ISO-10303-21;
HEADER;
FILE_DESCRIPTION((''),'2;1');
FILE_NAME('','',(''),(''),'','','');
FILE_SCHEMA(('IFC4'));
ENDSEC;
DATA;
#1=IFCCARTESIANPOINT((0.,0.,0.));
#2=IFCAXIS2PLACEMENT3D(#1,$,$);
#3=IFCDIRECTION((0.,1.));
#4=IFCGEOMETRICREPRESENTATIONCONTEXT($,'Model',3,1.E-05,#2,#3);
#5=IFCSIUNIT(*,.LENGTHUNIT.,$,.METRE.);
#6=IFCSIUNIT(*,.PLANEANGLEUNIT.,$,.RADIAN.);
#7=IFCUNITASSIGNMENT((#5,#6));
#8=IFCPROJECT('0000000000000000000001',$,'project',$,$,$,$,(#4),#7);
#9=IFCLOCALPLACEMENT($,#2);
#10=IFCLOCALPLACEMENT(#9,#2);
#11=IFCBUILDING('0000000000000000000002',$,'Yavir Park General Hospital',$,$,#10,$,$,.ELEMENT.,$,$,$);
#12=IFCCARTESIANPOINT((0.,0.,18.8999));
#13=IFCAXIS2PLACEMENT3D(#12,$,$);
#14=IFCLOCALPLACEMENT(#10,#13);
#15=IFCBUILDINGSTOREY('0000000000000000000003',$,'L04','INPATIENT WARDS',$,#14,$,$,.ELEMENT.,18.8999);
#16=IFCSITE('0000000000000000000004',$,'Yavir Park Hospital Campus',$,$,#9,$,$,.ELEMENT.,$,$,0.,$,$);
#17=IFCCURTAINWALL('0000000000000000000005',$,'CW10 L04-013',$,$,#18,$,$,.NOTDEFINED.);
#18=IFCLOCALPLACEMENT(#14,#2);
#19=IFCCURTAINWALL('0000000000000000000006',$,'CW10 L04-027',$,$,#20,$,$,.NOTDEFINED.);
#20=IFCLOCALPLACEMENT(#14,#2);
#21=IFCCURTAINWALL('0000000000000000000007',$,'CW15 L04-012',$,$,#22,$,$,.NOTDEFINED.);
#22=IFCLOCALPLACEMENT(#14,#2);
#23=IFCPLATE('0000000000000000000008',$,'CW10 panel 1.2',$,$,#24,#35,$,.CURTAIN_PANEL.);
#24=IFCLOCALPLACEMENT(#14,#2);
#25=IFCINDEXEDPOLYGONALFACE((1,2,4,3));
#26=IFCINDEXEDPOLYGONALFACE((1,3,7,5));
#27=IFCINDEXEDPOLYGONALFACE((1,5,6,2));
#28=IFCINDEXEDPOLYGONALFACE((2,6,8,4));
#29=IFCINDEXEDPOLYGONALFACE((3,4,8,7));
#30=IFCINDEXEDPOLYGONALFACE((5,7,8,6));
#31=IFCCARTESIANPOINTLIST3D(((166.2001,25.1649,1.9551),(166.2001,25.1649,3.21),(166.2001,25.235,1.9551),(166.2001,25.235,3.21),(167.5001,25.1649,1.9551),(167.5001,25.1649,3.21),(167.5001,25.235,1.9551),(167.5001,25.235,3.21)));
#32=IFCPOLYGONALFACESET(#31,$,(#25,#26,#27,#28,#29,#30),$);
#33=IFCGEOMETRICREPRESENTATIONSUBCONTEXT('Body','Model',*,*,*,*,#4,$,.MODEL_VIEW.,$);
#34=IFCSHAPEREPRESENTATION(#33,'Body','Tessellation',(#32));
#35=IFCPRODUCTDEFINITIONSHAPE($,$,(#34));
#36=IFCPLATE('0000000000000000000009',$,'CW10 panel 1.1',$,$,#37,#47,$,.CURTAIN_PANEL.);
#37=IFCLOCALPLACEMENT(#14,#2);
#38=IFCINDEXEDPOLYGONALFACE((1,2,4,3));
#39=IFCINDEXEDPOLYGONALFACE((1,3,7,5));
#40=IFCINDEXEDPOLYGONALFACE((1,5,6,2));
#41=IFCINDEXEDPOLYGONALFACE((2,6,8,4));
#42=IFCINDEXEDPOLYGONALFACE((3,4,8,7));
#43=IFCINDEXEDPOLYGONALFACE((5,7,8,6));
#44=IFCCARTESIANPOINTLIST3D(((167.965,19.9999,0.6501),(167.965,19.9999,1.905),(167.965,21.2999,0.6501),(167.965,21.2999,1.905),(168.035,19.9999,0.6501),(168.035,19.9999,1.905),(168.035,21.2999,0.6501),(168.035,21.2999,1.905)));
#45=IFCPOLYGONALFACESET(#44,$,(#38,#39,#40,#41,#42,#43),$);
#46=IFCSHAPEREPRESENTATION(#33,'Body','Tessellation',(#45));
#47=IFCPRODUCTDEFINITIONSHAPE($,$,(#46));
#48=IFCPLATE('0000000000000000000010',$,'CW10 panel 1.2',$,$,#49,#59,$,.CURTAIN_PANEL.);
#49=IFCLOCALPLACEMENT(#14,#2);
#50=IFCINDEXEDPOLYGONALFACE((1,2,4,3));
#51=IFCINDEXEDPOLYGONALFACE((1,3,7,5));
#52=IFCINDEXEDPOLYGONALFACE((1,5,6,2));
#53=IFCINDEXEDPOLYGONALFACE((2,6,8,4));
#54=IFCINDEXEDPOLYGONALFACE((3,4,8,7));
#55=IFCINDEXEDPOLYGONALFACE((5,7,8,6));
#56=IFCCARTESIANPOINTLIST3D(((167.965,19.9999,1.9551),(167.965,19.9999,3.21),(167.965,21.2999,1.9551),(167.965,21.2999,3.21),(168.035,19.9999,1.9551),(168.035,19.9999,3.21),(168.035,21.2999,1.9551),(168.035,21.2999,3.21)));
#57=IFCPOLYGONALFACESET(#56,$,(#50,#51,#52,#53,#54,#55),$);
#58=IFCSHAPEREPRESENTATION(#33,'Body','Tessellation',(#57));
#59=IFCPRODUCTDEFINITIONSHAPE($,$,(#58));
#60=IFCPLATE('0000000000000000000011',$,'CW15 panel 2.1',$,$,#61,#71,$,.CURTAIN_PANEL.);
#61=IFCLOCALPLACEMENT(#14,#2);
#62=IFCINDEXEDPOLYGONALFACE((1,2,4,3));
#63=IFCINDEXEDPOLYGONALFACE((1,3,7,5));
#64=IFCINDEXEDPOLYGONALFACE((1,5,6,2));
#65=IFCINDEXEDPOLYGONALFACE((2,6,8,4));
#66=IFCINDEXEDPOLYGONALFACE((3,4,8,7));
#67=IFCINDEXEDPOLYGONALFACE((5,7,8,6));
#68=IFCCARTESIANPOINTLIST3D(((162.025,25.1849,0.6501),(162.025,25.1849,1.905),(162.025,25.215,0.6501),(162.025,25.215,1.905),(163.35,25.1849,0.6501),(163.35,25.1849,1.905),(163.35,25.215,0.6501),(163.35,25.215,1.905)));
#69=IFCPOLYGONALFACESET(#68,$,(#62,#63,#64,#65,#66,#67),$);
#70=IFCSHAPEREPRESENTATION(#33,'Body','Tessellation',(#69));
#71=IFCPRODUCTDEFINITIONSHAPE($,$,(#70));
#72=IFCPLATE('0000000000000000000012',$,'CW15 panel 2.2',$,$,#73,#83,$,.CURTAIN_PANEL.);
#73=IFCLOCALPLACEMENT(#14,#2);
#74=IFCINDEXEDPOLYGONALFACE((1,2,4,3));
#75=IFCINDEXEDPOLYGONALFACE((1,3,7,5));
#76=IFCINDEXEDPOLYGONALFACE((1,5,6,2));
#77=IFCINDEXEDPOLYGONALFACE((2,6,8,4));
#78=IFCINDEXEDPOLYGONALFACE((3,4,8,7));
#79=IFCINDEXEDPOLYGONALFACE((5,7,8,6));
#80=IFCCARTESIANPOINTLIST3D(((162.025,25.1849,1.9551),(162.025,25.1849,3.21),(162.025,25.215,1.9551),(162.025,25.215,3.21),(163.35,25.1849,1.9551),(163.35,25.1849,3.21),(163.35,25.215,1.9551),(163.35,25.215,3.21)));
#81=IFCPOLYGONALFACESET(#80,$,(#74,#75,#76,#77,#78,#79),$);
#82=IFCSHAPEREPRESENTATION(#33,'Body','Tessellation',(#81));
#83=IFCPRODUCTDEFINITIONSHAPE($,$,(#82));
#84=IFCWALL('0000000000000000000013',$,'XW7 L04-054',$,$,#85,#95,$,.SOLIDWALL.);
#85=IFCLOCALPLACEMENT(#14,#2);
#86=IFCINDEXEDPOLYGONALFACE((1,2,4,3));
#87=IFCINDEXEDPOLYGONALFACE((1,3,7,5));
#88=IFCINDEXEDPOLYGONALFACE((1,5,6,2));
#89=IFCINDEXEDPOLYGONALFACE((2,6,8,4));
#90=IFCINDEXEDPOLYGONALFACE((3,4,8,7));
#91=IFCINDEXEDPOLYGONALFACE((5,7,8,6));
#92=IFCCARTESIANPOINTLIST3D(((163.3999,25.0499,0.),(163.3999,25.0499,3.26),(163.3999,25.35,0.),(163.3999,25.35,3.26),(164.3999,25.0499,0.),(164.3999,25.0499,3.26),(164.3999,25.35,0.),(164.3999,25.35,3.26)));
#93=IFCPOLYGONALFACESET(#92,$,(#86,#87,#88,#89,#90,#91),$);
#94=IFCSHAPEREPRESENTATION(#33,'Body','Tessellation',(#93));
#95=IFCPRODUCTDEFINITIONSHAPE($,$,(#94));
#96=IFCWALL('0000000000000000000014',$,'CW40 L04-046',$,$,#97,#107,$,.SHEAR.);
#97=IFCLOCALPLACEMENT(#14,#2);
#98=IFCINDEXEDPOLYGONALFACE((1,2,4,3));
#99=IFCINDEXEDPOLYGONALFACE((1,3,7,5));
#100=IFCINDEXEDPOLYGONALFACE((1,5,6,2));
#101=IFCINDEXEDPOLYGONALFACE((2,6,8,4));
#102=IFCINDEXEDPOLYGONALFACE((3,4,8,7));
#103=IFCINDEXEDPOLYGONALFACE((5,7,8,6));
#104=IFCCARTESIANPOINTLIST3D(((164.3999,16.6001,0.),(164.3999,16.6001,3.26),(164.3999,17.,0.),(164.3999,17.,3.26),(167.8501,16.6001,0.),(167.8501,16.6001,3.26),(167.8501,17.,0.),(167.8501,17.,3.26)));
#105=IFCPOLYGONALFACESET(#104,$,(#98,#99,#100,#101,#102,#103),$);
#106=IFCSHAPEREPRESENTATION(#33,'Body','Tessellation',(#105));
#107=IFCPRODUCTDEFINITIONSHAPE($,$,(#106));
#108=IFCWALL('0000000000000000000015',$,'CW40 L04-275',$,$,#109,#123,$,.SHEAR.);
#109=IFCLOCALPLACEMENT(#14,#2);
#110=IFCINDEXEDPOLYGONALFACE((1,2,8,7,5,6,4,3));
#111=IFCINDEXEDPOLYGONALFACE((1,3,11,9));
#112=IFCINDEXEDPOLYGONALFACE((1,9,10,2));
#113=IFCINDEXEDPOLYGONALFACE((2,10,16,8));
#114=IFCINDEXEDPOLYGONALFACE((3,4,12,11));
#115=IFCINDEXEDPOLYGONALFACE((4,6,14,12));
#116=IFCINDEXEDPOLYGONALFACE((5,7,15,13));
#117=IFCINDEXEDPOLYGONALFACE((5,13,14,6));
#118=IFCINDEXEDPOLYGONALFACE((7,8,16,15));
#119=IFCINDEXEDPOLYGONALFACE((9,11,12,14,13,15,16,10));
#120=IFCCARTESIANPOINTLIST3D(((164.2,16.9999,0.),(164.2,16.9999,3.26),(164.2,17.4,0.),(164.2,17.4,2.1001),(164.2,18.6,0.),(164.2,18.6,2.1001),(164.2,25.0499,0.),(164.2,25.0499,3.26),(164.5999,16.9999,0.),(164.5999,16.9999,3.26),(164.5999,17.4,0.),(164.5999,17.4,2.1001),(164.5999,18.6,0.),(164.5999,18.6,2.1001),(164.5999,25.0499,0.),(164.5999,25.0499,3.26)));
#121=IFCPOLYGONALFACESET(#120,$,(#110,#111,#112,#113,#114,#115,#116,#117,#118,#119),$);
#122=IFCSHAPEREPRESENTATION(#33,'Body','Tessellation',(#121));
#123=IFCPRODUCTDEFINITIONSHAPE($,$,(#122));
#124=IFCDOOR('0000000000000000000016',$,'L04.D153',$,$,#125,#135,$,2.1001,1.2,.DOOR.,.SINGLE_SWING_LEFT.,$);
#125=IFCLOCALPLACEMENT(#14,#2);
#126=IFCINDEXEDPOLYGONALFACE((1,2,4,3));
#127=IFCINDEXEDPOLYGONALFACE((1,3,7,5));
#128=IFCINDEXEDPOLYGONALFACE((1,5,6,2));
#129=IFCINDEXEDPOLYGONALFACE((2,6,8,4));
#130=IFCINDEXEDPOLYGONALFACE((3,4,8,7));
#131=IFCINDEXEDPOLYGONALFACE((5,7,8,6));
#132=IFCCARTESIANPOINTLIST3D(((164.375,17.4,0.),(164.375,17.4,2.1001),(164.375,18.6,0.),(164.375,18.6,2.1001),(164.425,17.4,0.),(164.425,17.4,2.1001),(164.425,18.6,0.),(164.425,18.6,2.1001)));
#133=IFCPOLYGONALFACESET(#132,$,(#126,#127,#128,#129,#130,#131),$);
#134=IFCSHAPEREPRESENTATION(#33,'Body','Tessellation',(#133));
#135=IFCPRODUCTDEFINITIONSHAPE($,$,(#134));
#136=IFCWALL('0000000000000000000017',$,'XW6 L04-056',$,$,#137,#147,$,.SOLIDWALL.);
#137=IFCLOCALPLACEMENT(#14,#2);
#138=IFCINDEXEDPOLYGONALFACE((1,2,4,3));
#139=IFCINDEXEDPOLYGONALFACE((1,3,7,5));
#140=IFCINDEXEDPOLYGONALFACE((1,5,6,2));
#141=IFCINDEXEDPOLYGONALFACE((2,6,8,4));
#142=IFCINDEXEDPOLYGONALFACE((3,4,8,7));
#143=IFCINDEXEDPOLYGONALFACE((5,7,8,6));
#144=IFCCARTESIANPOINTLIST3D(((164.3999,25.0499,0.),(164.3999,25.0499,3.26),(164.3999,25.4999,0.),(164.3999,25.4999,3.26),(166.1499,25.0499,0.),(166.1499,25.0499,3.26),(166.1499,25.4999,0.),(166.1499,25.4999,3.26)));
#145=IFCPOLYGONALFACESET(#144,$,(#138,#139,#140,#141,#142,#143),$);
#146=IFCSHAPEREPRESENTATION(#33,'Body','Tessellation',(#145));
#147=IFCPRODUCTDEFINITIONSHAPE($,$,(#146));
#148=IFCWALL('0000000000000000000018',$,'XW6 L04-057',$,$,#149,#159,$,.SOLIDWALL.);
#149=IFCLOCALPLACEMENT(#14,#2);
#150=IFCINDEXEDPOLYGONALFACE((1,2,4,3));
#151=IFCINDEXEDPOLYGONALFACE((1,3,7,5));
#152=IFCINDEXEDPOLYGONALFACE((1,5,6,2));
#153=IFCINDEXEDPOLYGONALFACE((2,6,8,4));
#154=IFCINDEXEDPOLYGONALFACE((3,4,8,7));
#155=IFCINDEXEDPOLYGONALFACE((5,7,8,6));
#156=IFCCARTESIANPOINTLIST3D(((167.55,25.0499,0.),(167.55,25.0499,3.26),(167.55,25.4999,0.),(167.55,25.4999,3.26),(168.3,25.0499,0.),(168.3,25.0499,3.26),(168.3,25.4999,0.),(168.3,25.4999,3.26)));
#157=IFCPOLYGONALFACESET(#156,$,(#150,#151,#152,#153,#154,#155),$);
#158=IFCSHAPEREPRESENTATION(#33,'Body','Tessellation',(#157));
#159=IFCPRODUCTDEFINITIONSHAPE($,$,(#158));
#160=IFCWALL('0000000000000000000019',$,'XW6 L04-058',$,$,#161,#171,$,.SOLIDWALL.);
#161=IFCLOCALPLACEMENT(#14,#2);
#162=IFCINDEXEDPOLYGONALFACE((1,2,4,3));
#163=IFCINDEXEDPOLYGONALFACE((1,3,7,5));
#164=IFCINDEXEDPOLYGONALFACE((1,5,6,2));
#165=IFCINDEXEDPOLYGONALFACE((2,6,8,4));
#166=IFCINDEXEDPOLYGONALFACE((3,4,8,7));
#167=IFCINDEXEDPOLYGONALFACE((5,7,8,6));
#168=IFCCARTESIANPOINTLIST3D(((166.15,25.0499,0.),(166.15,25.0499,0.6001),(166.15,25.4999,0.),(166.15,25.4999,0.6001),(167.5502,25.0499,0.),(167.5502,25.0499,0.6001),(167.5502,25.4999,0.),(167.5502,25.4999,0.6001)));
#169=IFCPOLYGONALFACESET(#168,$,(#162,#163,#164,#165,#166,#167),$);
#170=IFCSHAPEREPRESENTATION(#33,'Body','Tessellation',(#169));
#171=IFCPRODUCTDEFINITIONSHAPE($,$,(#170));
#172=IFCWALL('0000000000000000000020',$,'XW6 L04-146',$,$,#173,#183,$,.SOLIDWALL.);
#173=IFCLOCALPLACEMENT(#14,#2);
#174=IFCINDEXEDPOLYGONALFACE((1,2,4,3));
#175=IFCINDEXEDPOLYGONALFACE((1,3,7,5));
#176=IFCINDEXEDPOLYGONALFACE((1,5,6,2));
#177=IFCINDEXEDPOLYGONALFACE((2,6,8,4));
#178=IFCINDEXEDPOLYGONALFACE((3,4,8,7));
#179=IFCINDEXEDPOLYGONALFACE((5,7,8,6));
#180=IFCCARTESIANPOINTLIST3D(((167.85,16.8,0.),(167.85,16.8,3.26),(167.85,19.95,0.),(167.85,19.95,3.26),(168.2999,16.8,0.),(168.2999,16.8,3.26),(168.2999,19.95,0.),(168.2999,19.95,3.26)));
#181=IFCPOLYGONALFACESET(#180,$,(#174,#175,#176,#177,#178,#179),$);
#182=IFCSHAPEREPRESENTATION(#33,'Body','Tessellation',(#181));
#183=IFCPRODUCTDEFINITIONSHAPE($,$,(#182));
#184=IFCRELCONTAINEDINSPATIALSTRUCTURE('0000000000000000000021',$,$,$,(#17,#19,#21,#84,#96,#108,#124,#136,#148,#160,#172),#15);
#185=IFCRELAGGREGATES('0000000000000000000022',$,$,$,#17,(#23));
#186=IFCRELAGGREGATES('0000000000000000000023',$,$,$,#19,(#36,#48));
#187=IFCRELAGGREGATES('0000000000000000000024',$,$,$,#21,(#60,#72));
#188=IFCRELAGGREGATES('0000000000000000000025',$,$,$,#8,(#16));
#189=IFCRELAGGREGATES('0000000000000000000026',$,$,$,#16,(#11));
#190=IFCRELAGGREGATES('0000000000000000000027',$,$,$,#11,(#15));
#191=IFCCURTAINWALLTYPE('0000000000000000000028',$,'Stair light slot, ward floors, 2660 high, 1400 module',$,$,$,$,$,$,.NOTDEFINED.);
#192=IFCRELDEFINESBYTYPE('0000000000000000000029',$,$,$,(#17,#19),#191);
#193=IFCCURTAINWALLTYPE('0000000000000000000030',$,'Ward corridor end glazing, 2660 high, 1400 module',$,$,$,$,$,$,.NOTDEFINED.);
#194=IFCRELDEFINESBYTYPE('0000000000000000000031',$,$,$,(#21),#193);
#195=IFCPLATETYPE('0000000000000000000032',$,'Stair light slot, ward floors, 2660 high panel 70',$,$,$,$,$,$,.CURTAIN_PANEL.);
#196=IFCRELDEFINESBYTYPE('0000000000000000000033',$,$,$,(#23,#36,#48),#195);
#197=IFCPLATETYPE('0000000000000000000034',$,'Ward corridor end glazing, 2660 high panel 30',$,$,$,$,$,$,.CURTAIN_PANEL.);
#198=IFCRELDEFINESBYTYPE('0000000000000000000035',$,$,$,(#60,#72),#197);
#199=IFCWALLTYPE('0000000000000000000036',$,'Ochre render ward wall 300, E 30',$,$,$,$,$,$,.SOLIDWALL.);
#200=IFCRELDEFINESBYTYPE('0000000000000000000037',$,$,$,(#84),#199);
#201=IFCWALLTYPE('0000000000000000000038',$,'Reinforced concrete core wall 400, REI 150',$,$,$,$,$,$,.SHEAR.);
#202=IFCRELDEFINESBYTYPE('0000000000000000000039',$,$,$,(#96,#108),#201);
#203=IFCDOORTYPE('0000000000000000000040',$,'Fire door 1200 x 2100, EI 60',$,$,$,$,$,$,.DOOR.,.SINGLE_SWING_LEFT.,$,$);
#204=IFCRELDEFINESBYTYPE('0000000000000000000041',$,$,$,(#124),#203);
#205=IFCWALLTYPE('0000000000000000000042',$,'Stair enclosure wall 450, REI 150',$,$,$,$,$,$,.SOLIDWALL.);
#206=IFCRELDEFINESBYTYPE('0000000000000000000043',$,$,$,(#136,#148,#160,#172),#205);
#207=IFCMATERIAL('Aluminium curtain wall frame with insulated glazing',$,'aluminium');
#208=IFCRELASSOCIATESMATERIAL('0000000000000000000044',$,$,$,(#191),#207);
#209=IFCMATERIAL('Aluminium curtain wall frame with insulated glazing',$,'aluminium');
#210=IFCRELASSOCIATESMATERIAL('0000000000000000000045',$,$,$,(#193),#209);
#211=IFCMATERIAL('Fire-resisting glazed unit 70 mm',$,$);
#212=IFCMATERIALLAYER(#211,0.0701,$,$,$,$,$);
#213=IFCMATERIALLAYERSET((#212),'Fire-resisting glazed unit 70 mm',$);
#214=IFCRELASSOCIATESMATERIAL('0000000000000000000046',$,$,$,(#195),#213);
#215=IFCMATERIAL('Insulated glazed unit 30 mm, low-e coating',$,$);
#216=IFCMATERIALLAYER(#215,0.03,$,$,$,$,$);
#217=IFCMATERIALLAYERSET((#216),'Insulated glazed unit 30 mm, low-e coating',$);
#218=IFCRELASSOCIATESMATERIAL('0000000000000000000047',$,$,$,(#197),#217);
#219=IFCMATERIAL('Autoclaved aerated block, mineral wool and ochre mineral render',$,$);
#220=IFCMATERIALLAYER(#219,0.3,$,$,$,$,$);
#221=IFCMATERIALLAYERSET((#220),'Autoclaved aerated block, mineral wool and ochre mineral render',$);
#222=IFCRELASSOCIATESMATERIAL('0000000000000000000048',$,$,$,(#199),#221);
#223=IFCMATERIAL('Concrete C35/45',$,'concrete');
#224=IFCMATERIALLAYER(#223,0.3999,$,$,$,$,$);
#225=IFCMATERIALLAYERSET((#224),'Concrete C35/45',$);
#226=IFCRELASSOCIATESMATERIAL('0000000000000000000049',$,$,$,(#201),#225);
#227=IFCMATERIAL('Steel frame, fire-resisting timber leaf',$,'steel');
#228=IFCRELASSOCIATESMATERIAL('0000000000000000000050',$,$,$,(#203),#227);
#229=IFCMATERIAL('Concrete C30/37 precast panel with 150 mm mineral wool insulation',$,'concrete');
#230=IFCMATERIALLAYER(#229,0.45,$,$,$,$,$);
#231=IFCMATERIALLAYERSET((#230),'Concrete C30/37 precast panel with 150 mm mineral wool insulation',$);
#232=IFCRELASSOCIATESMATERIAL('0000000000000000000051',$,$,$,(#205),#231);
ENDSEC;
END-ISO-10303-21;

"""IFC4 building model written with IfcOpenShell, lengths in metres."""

from ifc_helpers import new_model, si_unit, direction, frame, frame_2d, origin, origin_2d, place, context, subcontext, project, spatial, rectangle, extrude, material, layer, layer_set, type_object, element, fill, aggregate, save


model = new_model("IFC4")

# Units and contexts
model_context = context("Model", 3, precision=1e-05, world=origin(), true_north=direction((0.0, 1.0)))
body_context = subcontext(model_context, "Body", "Model", "MODEL_VIEW")
ifc_project = project(units=[si_unit("LENGTHUNIT", "METRE"), si_unit("PLANEANGLEUNIT", "RADIAN")], contexts=[model_context])

# Site, building, storey
site_placement = place(None, origin())
site = spatial("IfcSite", under=ifc_project, at=site_placement, Name="Yavir Park Hospital Campus", CompositionType="ELEMENT", RefElevation=0.0)
building_placement = place(site_placement, origin())
building = spatial("IfcBuilding", under=site, at=building_placement, Name="Yavir Park General Hospital", CompositionType="ELEMENT")
storey_placement = place(building_placement, frame((0.0, 0.0, 18.8999)))
storey = spatial("IfcBuildingStorey", under=building, at=storey_placement, Name="L04", Description="INPATIENT WARDS", CompositionType="ELEMENT", Elevation=18.8999)

# Curtain walls
ifc_material_1 = material(Name="Aluminium curtain wall frame with insulated glazing", Category="aluminium")
curtain_wall_type_1 = type_object("IfcCurtainWallType", Name="Stair light slot, ward floors, 2660 high, 1400 module", PredefinedType="NOTDEFINED", material=ifc_material_1)
curtain_wall_1_placement = place(storey_placement, origin())
curtain_wall_1 = element("IfcCurtainWall", 1, at=curtain_wall_1_placement, inside=storey, type_object=curtain_wall_type_1, Name="CW10 L04-013", PredefinedType="NOTDEFINED")
curtain_wall_2_placement = place(storey_placement, origin())
curtain_wall_2 = element("IfcCurtainWall", 2, at=curtain_wall_2_placement, inside=storey, type_object=curtain_wall_type_1, Name="CW10 L04-027", PredefinedType="NOTDEFINED")

# Curtain wall
ifc_material_2 = material(Name="Aluminium curtain wall frame with insulated glazing", Category="aluminium")
curtain_wall_type_2 = type_object("IfcCurtainWallType", Name="Ward corridor end glazing, 2660 high, 1400 module", PredefinedType="NOTDEFINED", material=ifc_material_2)
curtain_wall_3_placement = place(storey_placement, origin())
curtain_wall_3 = element("IfcCurtainWall", 3, at=curtain_wall_3_placement, inside=storey, type_object=curtain_wall_type_2, Name="CW15 L04-012", PredefinedType="NOTDEFINED")

# Plates
ifc_material_3 = material(Name="Fire-resisting glazed unit 70 mm")
ifc_layer_1 = layer(ifc_material_3, 0.0701)
ifc_layer_set_1 = layer_set([ifc_layer_1], Name="Fire-resisting glazed unit 70 mm")
plate_type_1 = type_object("IfcPlateType", Name="Stair light slot, ward floors, 2660 high panel 70", PredefinedType="CURTAIN_PANEL", material=ifc_layer_set_1)
plate_1_placement = place(storey_placement, frame((166.8501, 25.2, 1.9551), z_axis=(0.0, 0.0, 1.0), x_axis=(1.0, 0.0, 0.0)))
plate_1 = element("IfcPlate", 4, at=plate_1_placement, type_object=plate_type_1, Name="CW10 panel 1.2", PredefinedType="CURTAIN_PANEL", context=body_context, shape_type="SweptSolid", body=[
    extrude(rectangle(XDim=1.3, YDim=0.0701, at=origin_2d()), origin(), (0.0, 0.0, 1.0), 1.2549),
])
aggregate(curtain_wall_1, [plate_1])
plate_2_placement = place(storey_placement, frame((168.0, 20.6499, 0.6501), z_axis=(0.0, 0.0, 1.0), x_axis=(0.0, 1.0, 0.0)))
plate_2 = element("IfcPlate", 5, at=plate_2_placement, type_object=plate_type_1, Name="CW10 panel 1.1", PredefinedType="CURTAIN_PANEL", context=body_context, shape_type="SweptSolid", body=[
    extrude(rectangle(XDim=1.3, YDim=0.0701, at=origin_2d()), origin(), (0.0, 0.0, 1.0), 1.2549),
])
plate_3_placement = place(storey_placement, frame((168.0, 20.6499, 1.9551), z_axis=(0.0, 0.0, 1.0), x_axis=(0.0, 1.0, 0.0)))
plate_3 = element("IfcPlate", 6, at=plate_3_placement, type_object=plate_type_1, Name="CW10 panel 1.2", PredefinedType="CURTAIN_PANEL", context=body_context, shape_type="SweptSolid", body=[
    extrude(rectangle(XDim=1.3, YDim=0.0701, at=origin_2d()), origin(), (0.0, 0.0, 1.0), 1.2549),
])
aggregate(curtain_wall_2, [plate_2, plate_3])
ifc_material_4 = material(Name="Insulated glazed unit 30 mm, low-e coating")
ifc_layer_2 = layer(ifc_material_4, 0.03)
ifc_layer_set_2 = layer_set([ifc_layer_2], Name="Insulated glazed unit 30 mm, low-e coating")
plate_type_2 = type_object("IfcPlateType", Name="Ward corridor end glazing, 2660 high panel 30", PredefinedType="CURTAIN_PANEL", material=ifc_layer_set_2)
plate_4_placement = place(storey_placement, frame((162.6875, 25.2, 0.6501), z_axis=(0.0, 0.0, 1.0), x_axis=(1.0, 0.0, 0.0)))
plate_4 = element("IfcPlate", 7, at=plate_4_placement, type_object=plate_type_2, Name="CW15 panel 2.1", PredefinedType="CURTAIN_PANEL", context=body_context, shape_type="SweptSolid", body=[
    extrude(rectangle(XDim=1.325, YDim=0.03, at=origin_2d()), origin(), (0.0, 0.0, 1.0), 1.2549),
])
plate_5_placement = place(storey_placement, frame((162.6875, 25.2, 1.9551), z_axis=(0.0, 0.0, 1.0), x_axis=(1.0, 0.0, 0.0)))
plate_5 = element("IfcPlate", 8, at=plate_5_placement, type_object=plate_type_2, Name="CW15 panel 2.2", PredefinedType="CURTAIN_PANEL", context=body_context, shape_type="SweptSolid", body=[
    extrude(rectangle(XDim=1.325, YDim=0.03, at=origin_2d()), origin(), (0.0, 0.0, 1.0), 1.2549),
])
aggregate(curtain_wall_3, [plate_4, plate_5])

# Walls
ifc_material_5 = material(Name="Autoclaved aerated block, mineral wool and ochre mineral render")
ifc_layer_3 = layer(ifc_material_5, 0.3)
ifc_layer_set_3 = layer_set([ifc_layer_3], Name="Autoclaved aerated block, mineral wool and ochre mineral render")
wall_type_1 = type_object("IfcWallType", Name="Ochre render ward wall 300, E 30", PredefinedType="SOLIDWALL", material=ifc_layer_set_3)
wall_1_placement = place(storey_placement, frame((163.3999, 25.2, 0.0), z_axis=(0.0, 0.0, 1.0), x_axis=(1.0, 0.0, 0.0)))
element("IfcWall", 9, at=wall_1_placement, inside=storey, type_object=wall_type_1, Name="XW7 L04-054", PredefinedType="SOLIDWALL", context=body_context, shape_type="SweptSolid", body=[
    extrude(rectangle(XDim=1.0, YDim=0.3, at=frame_2d((0.5, 0.0))), origin(), (0.0, 0.0, 1.0), 3.26),
])
ifc_material_6 = material(Name="Concrete C35/45", Category="concrete")
ifc_layer_4 = layer(ifc_material_6, 0.3999)
ifc_layer_set_4 = layer_set([ifc_layer_4], Name="Concrete C35/45")
wall_type_2 = type_object("IfcWallType", Name="Reinforced concrete core wall 400, REI 150", PredefinedType="SHEAR", material=ifc_layer_set_4)
wall_2_placement = place(storey_placement, frame((164.3999, 16.8, 0.0), z_axis=(0.0, 0.0, 1.0), x_axis=(1.0, 0.0, 0.0)))
element("IfcWall", 10, at=wall_2_placement, inside=storey, type_object=wall_type_2, Name="CW40 L04-046", PredefinedType="SHEAR", context=body_context, shape_type="SweptSolid", body=[
    extrude(rectangle(XDim=3.4502, YDim=0.3999, at=frame_2d((1.7251, 0.0))), origin(), (0.0, 0.0, 1.0), 3.26),
])

# Wall, opening, door
wall_3_placement = place(storey_placement, frame((164.3999, 17.0, 0.0), z_axis=(0.0, 0.0, 1.0), x_axis=(0.0, 1.0, 0.0)))
wall_3 = element("IfcWall", 11, at=wall_3_placement, inside=storey, type_object=wall_type_2, Name="CW40 L04-275", PredefinedType="SHEAR", context=body_context, shape_type="SweptSolid", body=[
    extrude(rectangle(XDim=8.05, YDim=0.3999, at=frame_2d((4.0249, 0.0))), origin(), (0.0, 0.0, 1.0), 3.26),
])
opening_placement = place(wall_3_placement, frame((0.3999, 0.0, 0.0)))
opening = element("IfcOpeningElement", 12, at=opening_placement, cuts=wall_3, PredefinedType="OPENING", context=body_context, shape_type="SweptSolid", body=[
    extrude(rectangle(XDim=1.2, YDim=2.1001, at=frame_2d((0.6001, 1.05))), frame((0.0, 0.21, 0.0), z_axis=(0.0, -1.0, 0.0), x_axis=(1.0, 0.0, 0.0)), (0.0, 0.0, 1.0), 0.4199),
])
ifc_material_7 = material(Name="Steel frame, fire-resisting timber leaf", Category="steel")
door_type = type_object("IfcDoorType", Name="Fire door 1200 x 2100, EI 60", OperationType="SINGLE_SWING_LEFT", PredefinedType="DOOR", material=ifc_material_7)
door_placement = place(opening_placement, origin())
door = element("IfcDoor", 13, at=door_placement, inside=storey, type_object=door_type, Name="L04.D153", OperationType="SINGLE_SWING_LEFT", OverallHeight=2.1001, OverallWidth=1.2, PredefinedType="DOOR", context=body_context, shape_type="SweptSolid", body=[
    extrude(rectangle(XDim=1.2, YDim=2.1001, at=frame_2d((0.6001, 1.05))), frame((0.0, 0.0249, 0.0), z_axis=(0.0, -1.0, 0.0), x_axis=(1.0, 0.0, 0.0)), (0.0, 0.0, 1.0), 0.05),
])
fill(opening, door)

# Walls
ifc_material_8 = material(Name="Concrete C30/37 precast panel with 150 mm mineral wool insulation", Category="concrete")
ifc_layer_5 = layer(ifc_material_8, 0.45)
ifc_layer_set_5 = layer_set([ifc_layer_5], Name="Concrete C30/37 precast panel with 150 mm mineral wool insulation")
wall_type_3 = type_object("IfcWallType", Name="Stair enclosure wall 450, REI 150", PredefinedType="SOLIDWALL", material=ifc_layer_set_5)
wall_4_placement = place(storey_placement, frame((164.3999, 25.2749, 0.0), z_axis=(0.0, 0.0, 1.0), x_axis=(1.0, 0.0, 0.0)))
element("IfcWall", 14, at=wall_4_placement, inside=storey, type_object=wall_type_3, Name="XW6 L04-056", PredefinedType="SOLIDWALL", context=body_context, shape_type="SweptSolid", body=[
    extrude(rectangle(XDim=1.75, YDim=0.45, at=frame_2d((0.875, 0.0))), origin(), (0.0, 0.0, 1.0), 3.26),
])
wall_5_placement = place(storey_placement, frame((167.55, 25.2749, 0.0), z_axis=(0.0, 0.0, 1.0), x_axis=(1.0, 0.0, 0.0)))
element("IfcWall", 15, at=wall_5_placement, inside=storey, type_object=wall_type_3, Name="XW6 L04-057", PredefinedType="SOLIDWALL", context=body_context, shape_type="SweptSolid", body=[
    extrude(rectangle(XDim=0.75, YDim=0.45, at=frame_2d((0.375, 0.0))), origin(), (0.0, 0.0, 1.0), 3.26),
])
wall_6_placement = place(storey_placement, frame((166.1499, 25.2749, 0.0), z_axis=(0.0, 0.0, 1.0), x_axis=(1.0, 0.0, 0.0)))
element("IfcWall", 16, at=wall_6_placement, inside=storey, type_object=wall_type_3, Name="XW6 L04-058", PredefinedType="SOLIDWALL", context=body_context, shape_type="SweptSolid", body=[
    extrude(rectangle(XDim=1.4001, YDim=0.45, at=frame_2d((0.7002, 0.0))), origin(), (0.0, 0.0, 1.0), 0.6001),
])
wall_7_placement = place(storey_placement, frame((168.075, 16.8, 0.0), z_axis=(0.0, 0.0, 1.0), x_axis=(0.0, 1.0, 0.0)))
element("IfcWall", 17, at=wall_7_placement, inside=storey, type_object=wall_type_3, Name="XW6 L04-146", PredefinedType="SOLIDWALL", context=body_context, shape_type="SweptSolid", body=[
    extrude(rectangle(XDim=3.1499, YDim=0.45, at=frame_2d((1.575, 0.0))), origin(), (0.0, 0.0, 1.0), 3.26),
])

save(model, "model.ifc")
